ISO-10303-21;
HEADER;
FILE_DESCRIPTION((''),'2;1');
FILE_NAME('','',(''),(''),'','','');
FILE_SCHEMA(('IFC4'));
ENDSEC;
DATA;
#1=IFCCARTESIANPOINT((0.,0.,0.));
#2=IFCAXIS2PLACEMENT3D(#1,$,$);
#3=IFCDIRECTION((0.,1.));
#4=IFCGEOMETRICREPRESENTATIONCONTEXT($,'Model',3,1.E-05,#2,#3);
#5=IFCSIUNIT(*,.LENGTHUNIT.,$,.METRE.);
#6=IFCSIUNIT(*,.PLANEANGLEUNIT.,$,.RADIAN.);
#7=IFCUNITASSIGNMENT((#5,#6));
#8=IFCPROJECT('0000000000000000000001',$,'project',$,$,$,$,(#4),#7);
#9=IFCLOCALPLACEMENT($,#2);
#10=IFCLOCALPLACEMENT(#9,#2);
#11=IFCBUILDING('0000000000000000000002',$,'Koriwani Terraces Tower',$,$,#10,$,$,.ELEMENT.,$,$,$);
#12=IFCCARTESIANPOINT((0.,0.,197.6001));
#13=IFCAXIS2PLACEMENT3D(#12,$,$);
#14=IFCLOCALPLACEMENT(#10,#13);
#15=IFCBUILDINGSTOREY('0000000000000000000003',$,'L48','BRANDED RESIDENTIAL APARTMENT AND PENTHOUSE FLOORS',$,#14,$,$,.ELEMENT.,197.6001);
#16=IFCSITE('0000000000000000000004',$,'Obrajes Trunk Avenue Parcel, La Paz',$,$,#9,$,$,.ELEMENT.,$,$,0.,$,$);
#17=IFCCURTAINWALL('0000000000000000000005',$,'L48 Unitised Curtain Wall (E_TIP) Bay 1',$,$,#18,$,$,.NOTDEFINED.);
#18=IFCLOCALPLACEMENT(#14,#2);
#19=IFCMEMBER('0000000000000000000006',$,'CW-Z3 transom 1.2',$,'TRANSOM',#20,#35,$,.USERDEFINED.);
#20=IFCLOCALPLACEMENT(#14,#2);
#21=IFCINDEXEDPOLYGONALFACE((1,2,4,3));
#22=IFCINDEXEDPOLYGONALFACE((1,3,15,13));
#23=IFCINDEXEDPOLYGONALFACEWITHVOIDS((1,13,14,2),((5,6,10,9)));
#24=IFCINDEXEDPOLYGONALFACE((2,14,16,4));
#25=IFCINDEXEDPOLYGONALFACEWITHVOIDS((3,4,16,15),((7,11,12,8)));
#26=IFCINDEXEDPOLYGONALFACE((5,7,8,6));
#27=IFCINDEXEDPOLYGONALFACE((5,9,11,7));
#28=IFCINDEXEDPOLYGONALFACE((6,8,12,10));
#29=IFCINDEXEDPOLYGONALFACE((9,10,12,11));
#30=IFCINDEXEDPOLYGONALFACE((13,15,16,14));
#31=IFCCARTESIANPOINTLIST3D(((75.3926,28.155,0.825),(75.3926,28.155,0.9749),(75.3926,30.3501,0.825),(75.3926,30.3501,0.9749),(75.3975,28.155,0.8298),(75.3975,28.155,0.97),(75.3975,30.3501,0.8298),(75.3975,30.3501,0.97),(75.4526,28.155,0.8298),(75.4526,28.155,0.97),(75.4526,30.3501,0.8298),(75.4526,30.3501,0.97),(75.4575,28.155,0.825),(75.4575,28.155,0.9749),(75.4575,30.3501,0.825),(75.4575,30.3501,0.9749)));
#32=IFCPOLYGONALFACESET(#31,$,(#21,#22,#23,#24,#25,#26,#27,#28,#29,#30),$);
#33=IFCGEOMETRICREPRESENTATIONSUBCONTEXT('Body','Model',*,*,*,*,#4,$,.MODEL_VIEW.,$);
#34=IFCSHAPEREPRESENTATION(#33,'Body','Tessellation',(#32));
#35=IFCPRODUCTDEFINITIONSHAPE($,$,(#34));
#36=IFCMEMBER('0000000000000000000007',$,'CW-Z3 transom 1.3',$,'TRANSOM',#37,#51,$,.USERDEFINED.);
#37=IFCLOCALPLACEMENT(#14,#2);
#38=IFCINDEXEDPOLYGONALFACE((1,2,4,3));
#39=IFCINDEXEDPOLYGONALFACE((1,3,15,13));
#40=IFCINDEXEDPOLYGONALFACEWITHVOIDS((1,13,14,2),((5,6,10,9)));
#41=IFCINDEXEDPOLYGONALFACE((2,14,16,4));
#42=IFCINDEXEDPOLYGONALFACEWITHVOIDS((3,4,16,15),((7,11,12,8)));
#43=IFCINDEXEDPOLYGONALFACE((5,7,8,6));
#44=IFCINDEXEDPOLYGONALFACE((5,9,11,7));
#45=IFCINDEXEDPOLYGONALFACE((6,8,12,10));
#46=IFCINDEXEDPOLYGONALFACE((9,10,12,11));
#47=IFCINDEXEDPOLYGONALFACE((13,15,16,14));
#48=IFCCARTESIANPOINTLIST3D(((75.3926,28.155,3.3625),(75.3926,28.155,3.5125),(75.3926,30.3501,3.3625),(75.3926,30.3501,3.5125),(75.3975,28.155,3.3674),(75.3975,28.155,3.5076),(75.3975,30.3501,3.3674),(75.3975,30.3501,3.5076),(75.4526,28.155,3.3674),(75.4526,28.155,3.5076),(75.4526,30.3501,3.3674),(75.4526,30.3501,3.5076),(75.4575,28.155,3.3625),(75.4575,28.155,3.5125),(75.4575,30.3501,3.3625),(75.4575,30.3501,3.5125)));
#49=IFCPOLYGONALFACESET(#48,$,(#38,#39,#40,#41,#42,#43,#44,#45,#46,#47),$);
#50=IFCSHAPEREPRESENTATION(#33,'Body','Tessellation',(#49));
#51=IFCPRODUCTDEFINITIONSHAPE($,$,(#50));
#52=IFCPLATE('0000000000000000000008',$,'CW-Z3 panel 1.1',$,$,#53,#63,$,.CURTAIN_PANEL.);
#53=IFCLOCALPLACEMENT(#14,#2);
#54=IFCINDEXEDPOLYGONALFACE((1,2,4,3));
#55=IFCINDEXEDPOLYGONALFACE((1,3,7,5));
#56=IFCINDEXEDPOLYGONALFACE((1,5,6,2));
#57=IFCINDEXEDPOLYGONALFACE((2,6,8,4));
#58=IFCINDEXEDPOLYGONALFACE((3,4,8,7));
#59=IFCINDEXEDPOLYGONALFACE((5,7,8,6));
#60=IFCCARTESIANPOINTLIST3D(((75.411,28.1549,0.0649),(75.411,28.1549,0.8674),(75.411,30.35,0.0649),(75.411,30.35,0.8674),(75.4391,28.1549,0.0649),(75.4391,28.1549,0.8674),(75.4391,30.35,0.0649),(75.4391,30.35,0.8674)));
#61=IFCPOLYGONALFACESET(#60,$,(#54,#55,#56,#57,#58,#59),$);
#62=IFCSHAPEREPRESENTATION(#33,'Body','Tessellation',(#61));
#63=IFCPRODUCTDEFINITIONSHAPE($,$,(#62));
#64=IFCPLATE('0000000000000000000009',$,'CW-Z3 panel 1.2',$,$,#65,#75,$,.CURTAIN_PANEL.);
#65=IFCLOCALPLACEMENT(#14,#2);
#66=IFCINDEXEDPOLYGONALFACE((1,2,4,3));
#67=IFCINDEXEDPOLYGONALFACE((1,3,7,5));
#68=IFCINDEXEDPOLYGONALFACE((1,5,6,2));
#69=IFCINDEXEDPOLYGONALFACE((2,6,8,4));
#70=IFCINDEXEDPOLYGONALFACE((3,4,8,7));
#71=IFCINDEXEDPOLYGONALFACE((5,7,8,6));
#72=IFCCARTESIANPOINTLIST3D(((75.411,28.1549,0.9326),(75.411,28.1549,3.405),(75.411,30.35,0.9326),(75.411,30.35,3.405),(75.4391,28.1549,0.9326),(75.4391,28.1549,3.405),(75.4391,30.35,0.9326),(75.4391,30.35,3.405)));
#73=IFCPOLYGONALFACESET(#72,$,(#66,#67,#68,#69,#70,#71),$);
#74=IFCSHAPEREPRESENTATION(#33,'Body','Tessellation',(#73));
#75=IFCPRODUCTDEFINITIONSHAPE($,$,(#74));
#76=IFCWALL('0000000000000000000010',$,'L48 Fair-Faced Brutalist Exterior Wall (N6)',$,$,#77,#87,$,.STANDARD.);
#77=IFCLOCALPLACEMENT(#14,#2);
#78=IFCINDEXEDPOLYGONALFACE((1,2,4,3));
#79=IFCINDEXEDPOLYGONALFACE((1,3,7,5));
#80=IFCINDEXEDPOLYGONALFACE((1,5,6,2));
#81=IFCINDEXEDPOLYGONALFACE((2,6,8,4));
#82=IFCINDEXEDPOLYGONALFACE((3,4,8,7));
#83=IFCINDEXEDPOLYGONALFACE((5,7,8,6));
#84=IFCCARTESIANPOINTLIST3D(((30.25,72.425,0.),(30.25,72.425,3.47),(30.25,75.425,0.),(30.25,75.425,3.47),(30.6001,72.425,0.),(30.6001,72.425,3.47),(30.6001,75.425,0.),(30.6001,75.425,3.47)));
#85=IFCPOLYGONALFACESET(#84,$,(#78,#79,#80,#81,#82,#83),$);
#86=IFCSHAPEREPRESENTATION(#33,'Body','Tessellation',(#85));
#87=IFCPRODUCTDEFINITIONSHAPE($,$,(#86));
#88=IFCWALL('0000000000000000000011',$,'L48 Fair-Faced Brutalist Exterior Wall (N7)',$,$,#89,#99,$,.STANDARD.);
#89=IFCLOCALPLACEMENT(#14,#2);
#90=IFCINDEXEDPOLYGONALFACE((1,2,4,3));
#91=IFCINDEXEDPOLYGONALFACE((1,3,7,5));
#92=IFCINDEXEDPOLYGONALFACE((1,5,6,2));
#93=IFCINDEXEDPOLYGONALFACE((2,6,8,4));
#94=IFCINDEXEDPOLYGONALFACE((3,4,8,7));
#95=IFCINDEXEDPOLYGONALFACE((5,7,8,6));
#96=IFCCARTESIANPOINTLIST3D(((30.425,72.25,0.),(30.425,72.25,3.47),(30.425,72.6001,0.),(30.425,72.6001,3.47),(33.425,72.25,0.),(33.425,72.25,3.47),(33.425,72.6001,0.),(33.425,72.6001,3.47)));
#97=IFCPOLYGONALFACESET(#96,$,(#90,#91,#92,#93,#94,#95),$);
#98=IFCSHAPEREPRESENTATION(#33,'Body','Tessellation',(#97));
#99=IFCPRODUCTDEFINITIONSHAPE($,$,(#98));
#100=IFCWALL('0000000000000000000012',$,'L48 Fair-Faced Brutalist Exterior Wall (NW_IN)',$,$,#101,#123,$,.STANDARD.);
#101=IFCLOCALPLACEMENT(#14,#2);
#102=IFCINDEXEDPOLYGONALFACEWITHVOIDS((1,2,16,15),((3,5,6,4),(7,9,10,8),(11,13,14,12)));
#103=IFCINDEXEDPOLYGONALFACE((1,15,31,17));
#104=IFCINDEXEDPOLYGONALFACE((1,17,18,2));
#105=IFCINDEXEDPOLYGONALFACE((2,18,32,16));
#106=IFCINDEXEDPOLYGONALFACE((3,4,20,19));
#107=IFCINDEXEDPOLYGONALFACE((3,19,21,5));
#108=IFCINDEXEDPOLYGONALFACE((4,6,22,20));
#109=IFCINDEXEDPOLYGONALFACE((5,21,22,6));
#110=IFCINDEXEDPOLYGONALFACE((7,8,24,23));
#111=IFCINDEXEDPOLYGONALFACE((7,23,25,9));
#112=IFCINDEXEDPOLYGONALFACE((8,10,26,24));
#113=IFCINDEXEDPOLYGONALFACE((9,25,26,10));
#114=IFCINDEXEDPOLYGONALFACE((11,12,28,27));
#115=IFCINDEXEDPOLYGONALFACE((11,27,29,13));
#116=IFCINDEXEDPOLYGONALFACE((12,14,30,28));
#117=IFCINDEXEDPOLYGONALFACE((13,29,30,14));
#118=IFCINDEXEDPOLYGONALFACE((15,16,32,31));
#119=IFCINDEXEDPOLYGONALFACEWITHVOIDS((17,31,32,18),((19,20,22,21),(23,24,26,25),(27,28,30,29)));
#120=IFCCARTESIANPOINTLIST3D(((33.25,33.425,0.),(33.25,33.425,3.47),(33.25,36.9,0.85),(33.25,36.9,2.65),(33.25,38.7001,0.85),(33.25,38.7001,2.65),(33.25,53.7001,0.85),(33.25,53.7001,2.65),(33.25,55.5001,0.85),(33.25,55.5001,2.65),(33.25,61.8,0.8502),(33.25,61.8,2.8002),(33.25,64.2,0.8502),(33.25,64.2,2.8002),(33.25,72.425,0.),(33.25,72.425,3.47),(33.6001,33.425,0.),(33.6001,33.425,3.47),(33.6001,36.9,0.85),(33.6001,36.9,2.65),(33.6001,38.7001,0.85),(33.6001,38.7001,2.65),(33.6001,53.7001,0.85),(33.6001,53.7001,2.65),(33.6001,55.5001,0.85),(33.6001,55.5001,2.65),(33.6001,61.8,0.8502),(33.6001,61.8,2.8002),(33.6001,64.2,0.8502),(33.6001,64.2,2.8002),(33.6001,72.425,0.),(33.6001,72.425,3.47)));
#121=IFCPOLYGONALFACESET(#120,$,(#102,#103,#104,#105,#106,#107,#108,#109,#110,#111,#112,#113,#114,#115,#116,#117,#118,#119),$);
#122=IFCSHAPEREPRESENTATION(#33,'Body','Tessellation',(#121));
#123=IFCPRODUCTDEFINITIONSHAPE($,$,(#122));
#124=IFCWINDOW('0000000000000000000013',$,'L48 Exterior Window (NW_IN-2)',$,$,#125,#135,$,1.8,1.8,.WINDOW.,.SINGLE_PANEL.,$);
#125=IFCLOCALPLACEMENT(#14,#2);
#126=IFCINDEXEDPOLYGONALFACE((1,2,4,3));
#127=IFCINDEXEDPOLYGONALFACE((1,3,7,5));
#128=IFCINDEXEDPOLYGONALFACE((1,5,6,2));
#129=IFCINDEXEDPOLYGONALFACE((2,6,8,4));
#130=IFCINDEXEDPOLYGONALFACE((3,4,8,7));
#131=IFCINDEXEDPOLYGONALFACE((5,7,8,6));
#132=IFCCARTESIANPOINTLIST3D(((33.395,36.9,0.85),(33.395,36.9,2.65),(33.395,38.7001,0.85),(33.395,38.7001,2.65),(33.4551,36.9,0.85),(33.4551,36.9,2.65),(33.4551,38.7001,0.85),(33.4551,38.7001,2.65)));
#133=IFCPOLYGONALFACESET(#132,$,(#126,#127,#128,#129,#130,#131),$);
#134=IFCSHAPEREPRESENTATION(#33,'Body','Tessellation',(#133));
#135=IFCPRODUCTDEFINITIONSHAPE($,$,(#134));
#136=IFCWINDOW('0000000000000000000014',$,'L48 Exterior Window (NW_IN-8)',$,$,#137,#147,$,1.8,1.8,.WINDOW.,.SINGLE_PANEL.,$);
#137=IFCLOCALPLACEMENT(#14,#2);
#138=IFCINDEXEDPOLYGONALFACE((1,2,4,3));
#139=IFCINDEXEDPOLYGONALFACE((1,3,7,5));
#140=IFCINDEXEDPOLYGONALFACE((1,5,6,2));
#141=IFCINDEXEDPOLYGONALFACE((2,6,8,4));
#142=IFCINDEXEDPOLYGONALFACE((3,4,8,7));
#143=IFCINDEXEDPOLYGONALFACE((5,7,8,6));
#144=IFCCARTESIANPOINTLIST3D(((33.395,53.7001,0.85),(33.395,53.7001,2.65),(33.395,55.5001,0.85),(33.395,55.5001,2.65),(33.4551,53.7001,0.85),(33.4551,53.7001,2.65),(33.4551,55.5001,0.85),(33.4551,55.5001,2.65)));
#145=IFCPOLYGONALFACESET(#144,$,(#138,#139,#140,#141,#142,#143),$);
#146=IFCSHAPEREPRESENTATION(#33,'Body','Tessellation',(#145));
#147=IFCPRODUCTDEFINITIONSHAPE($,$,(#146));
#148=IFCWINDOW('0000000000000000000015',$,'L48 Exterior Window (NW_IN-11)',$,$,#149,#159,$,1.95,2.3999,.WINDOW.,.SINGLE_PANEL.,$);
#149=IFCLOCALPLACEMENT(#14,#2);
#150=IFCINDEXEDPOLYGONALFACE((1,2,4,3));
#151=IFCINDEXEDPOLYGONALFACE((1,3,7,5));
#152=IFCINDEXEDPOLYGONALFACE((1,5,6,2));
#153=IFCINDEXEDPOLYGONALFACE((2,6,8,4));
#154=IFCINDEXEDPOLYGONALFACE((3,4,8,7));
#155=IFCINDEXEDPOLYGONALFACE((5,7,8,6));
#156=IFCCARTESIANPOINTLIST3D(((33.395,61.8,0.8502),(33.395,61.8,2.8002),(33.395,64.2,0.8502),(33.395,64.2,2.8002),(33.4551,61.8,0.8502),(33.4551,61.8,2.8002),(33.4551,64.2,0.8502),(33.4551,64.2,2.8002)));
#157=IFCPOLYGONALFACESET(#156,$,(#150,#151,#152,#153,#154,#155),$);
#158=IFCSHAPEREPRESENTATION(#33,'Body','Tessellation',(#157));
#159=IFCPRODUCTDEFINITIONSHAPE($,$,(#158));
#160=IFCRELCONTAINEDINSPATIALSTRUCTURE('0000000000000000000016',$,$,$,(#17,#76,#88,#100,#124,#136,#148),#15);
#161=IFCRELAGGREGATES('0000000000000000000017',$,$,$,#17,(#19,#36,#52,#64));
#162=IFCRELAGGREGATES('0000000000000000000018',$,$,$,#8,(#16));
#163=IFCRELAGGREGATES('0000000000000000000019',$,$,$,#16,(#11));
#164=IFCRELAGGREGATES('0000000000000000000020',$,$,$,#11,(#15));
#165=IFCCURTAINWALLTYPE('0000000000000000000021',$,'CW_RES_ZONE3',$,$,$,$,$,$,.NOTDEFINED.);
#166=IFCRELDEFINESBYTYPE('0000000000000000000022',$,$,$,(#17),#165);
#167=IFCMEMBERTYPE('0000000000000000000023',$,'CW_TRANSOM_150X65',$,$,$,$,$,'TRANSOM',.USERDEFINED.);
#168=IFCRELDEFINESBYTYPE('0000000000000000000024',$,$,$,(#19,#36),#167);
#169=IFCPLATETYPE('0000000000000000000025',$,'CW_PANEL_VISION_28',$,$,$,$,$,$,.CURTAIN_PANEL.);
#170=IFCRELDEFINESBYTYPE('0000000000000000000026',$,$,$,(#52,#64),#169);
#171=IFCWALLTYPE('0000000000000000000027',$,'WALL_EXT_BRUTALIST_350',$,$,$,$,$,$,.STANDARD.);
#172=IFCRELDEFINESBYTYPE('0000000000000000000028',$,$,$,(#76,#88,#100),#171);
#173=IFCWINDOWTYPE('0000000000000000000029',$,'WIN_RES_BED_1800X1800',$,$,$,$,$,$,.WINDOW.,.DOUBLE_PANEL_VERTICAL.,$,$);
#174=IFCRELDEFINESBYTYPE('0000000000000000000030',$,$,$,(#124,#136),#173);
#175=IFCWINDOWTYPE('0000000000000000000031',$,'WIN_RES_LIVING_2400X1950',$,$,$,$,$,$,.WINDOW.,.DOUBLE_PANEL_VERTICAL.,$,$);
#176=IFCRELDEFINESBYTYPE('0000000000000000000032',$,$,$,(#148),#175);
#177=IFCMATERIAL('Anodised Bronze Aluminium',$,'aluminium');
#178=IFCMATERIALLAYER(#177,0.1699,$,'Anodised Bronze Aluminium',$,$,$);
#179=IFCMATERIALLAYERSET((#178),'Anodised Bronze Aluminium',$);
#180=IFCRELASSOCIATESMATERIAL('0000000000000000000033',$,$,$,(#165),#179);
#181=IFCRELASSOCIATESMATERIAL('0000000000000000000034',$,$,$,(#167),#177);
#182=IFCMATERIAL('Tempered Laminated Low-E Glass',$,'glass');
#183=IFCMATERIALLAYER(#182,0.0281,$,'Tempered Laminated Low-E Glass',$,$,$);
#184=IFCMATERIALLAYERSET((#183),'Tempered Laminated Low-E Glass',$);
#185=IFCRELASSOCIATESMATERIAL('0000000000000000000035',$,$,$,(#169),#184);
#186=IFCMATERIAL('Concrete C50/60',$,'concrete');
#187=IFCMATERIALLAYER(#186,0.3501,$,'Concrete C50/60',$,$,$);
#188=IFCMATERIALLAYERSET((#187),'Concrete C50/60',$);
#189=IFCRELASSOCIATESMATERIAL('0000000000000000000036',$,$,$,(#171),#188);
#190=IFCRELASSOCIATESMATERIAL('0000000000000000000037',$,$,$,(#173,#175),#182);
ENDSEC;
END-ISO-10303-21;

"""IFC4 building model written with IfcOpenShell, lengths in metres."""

from ifc_helpers import new_model, si_unit, direction, frame, frame_2d, origin, origin_2d, place, context, subcontext, project, spatial, rectangle, hollow_rectangle, extrude, material, layer, layer_set, material_profile, profile_set, type_object, element, fill, aggregate, save


model = new_model("IFC4")

# Units and contexts
model_context = context("Model", 3, precision=1e-05, world=origin(), true_north=direction((0.0, 1.0)))
body_context = subcontext(model_context, "Body", "Model", "MODEL_VIEW")
ifc_project = project(units=[si_unit("LENGTHUNIT", "METRE"), si_unit("PLANEANGLEUNIT", "RADIAN")], contexts=[model_context])

# Site, building, storey
site_placement = place(None, origin())
site = spatial("IfcSite", under=ifc_project, at=site_placement, Name="Obrajes Trunk Avenue Parcel, La Paz", CompositionType="ELEMENT", RefElevation=0.0)
building_placement = place(site_placement, origin())
building = spatial("IfcBuilding", under=site, at=building_placement, Name="Koriwani Terraces Tower", CompositionType="ELEMENT")
storey_placement = place(building_placement, frame((0.0, 0.0, 197.6001)))
storey = spatial("IfcBuildingStorey", under=building, at=storey_placement, Name="L48", Description="BRANDED RESIDENTIAL APARTMENT AND PENTHOUSE FLOORS", CompositionType="ELEMENT", Elevation=197.6001)

# Shared definitions
ifc_material_1 = material(Name="Concrete C50/60", Category="concrete")

# Curtain wall, members, plates
ifc_material_2 = material(Name="Anodised Bronze Aluminium", Category="aluminium")
ifc_layer_1 = layer(ifc_material_2, 0.1699, Name="Anodised Bronze Aluminium")
ifc_layer_set_1 = layer_set([ifc_layer_1], Name="Anodised Bronze Aluminium")
curtain_wall_type = type_object("IfcCurtainWallType", Name="CW_RES_ZONE3", PredefinedType="NOTDEFINED", material=ifc_layer_set_1)
curtain_wall_placement = place(storey_placement, origin())
curtain_wall = element("IfcCurtainWall", 1, at=curtain_wall_placement, inside=storey, type_object=curtain_wall_type, Name="L48 Unitised Curtain Wall (E_TIP) Bay 1", PredefinedType="NOTDEFINED")
ifc_material_profile_1 = material_profile(ifc_material_2, hollow_rectangle(XDim=0.0649, YDim=0.1499, WallThickness=0.0049, at=origin_2d()), Name="Anodised Bronze Aluminium", Category="LoadBearing")
ifc_profile_set_1 = profile_set([ifc_material_profile_1], Name="Anodised Bronze Aluminium")
member_type_1 = type_object("IfcMemberType", Name="CW_TRANSOM_150X65", ElementType="TRANSOM", PredefinedType="USERDEFINED", material=ifc_profile_set_1)
member_1_placement = place(storey_placement, frame((75.425, 30.3501, 0.8999), z_axis=(0.0, -1.0, 0.0), x_axis=(1.0, 0.0, 0.0)))
member_1 = element("IfcMember", 2, at=member_1_placement, type_object=member_type_1, Name="CW-Z3 transom 1.2", ObjectType="TRANSOM", PredefinedType="USERDEFINED", context=body_context, shape_type="SweptSolid", body=[
    extrude(hollow_rectangle(XDim=0.0649, YDim=0.1499, WallThickness=0.0049, at=origin_2d()), origin(), (0.0, 0.0, 1.0), 2.1951),
])
member_2_placement = place(storey_placement, frame((75.425, 30.3501, 3.4375), z_axis=(0.0, -1.0, 0.0), x_axis=(1.0, 0.0, 0.0)))
member_2 = element("IfcMember", 3, at=member_2_placement, type_object=member_type_1, Name="CW-Z3 transom 1.3", ObjectType="TRANSOM", PredefinedType="USERDEFINED", context=body_context, shape_type="SweptSolid", body=[
    extrude(hollow_rectangle(XDim=0.0649, YDim=0.1499, WallThickness=0.0049, at=origin_2d()), origin(), (0.0, 0.0, 1.0), 2.1951),
])
ifc_material_3 = material(Name="Tempered Laminated Low-E Glass", Category="glass")
ifc_layer_2 = layer(ifc_material_3, 0.0281, Name="Tempered Laminated Low-E Glass")
ifc_layer_set_2 = layer_set([ifc_layer_2], Name="Tempered Laminated Low-E Glass")
plate_type = type_object("IfcPlateType", Name="CW_PANEL_VISION_28", PredefinedType="CURTAIN_PANEL", material=ifc_layer_set_2)
plate_1_placement = place(storey_placement, frame((75.425, 29.2524, 0.0649), z_axis=(0.0, 0.0, 1.0), x_axis=(0.0, -1.0, 0.0)))
plate_1 = element("IfcPlate", 4, at=plate_1_placement, type_object=plate_type, Name="CW-Z3 panel 1.1", PredefinedType="CURTAIN_PANEL", context=body_context, shape_type="SweptSolid", body=[
    extrude(rectangle(XDim=2.1951, YDim=0.0281, at=origin_2d()), origin(), (0.0, 0.0, 1.0), 0.8025),
])
plate_2_placement = place(storey_placement, frame((75.425, 29.2524, 0.9326), z_axis=(0.0, 0.0, 1.0), x_axis=(0.0, -1.0, 0.0)))
plate_2 = element("IfcPlate", 5, at=plate_2_placement, type_object=plate_type, Name="CW-Z3 panel 1.2", PredefinedType="CURTAIN_PANEL", context=body_context, shape_type="SweptSolid", body=[
    extrude(rectangle(XDim=2.1951, YDim=0.0281, at=origin_2d()), origin(), (0.0, 0.0, 1.0), 2.4724),
])
aggregate(curtain_wall, [member_1, member_2, plate_1, plate_2])

# Walls
ifc_layer_3 = layer(ifc_material_1, 0.3501, Name="Concrete C50/60")
ifc_layer_set_3 = layer_set([ifc_layer_3], Name="Concrete C50/60")
wall_type = type_object("IfcWallType", Name="WALL_EXT_BRUTALIST_350", PredefinedType="STANDARD", material=ifc_layer_set_3)
for number, where, z_axis, x_axis, name in (
    (6, (30.425, 75.425, 0.0), (0.0, 0.0, 1.0), (0.0, -1.0, 0.0), "L48 Fair-Faced Brutalist Exterior Wall (N6)"),
    (7, (30.425, 72.425, 0.0), (0.0, 0.0, 1.0), (1.0, 0.0, 0.0), "L48 Fair-Faced Brutalist Exterior Wall (N7)"),
):
    element("IfcWall", number, at=place(storey_placement, frame(where, z_axis=z_axis, x_axis=x_axis)), inside=storey, type_object=wall_type, Name=name, PredefinedType="STANDARD", context=body_context, shape_type="SweptSolid", body=[
        extrude(rectangle(XDim=3.0, YDim=0.3501, at=frame_2d((1.5, 0.0))), origin(), (0.0, 0.0, 1.0), 3.47),
    ])

# Wall, openings, windows
wall_1_placement = place(storey_placement, frame((33.425, 72.425, 0.0), z_axis=(0.0, 0.0, 1.0), x_axis=(0.0, -1.0, 0.0)))
wall_1 = element("IfcWall", 8, at=wall_1_placement, inside=storey, type_object=wall_type, Name="L48 Fair-Faced Brutalist Exterior Wall (NW_IN)", PredefinedType="STANDARD", context=body_context, shape_type="SweptSolid", body=[
    extrude(rectangle(XDim=39.0, YDim=0.3501, at=frame_2d((19.5, 0.0))), origin(), (0.0, 0.0, 1.0), 3.47),
])
opening_1_placement = place(wall_1_placement, frame((33.7251, 0.0, 0.8501)))
opening_1 = element("IfcOpeningElement", 9, at=opening_1_placement, cuts=wall_1, PredefinedType="OPENING", context=body_context, shape_type="SweptSolid", body=[
    extrude(rectangle(XDim=1.8, YDim=1.8, at=frame_2d((0.8999, 0.8999))), frame((0.0, 0.1851, 0.0), z_axis=(0.0, -1.0, 0.0), x_axis=(1.0, 0.0, 0.0)), (0.0, 0.0, 1.0), 0.3701),
])
opening_2_placement = place(wall_1_placement, frame((16.925, 0.0, 0.8501)))
opening_2 = element("IfcOpeningElement", 10, at=opening_2_placement, cuts=wall_1, PredefinedType="OPENING", context=body_context, shape_type="SweptSolid", body=[
    extrude(rectangle(XDim=1.8, YDim=1.8, at=frame_2d((0.8999, 0.8999))), frame((0.0, 0.1851, 0.0), z_axis=(0.0, -1.0, 0.0), x_axis=(1.0, 0.0, 0.0)), (0.0, 0.0, 1.0), 0.3701),
])
opening_3_placement = place(wall_1_placement, frame((8.2251, 0.0, 0.8501)))
opening_3 = element("IfcOpeningElement", 11, at=opening_3_placement, cuts=wall_1, PredefinedType="OPENING", context=body_context, shape_type="SweptSolid", body=[
    extrude(rectangle(XDim=2.3999, YDim=1.95, at=frame_2d((1.2, 0.9751))), frame((0.0, 0.1851, 0.0), z_axis=(0.0, -1.0, 0.0), x_axis=(1.0, 0.0, 0.0)), (0.0, 0.0, 1.0), 0.3701),
])
window_type_1 = type_object("IfcWindowType", Name="WIN_RES_BED_1800X1800", PartitioningType="DOUBLE_PANEL_VERTICAL", PredefinedType="WINDOW", material=ifc_material_3)
window_1_placement = place(opening_1_placement, origin())
window_1 = element("IfcWindow", 12, at=window_1_placement, inside=storey, type_object=window_type_1, Name="L48 Exterior Window (NW_IN-2)", OverallHeight=1.8, OverallWidth=1.8, PartitioningType="SINGLE_PANEL", PredefinedType="WINDOW", context=body_context, shape_type="SweptSolid", body=[
    extrude(rectangle(XDim=1.8, YDim=1.8, at=frame_2d((0.8999, 0.8999))), frame((0.0, 0.03, 0.0), z_axis=(0.0, -1.0, 0.0), x_axis=(1.0, 0.0, 0.0)), (0.0, 0.0, 1.0), 0.0601),
])
fill(opening_1, window_1)
window_2_placement = place(opening_2_placement, origin())
window_2 = element("IfcWindow", 13, at=window_2_placement, inside=storey, type_object=window_type_1, Name="L48 Exterior Window (NW_IN-8)", OverallHeight=1.8, OverallWidth=1.8, PartitioningType="SINGLE_PANEL", PredefinedType="WINDOW", context=body_context, shape_type="SweptSolid", body=[
    extrude(rectangle(XDim=1.8, YDim=1.8, at=frame_2d((0.8999, 0.8999))), frame((0.0, 0.03, 0.0), z_axis=(0.0, -1.0, 0.0), x_axis=(1.0, 0.0, 0.0)), (0.0, 0.0, 1.0), 0.0601),
])
fill(opening_2, window_2)
window_type_2 = type_object("IfcWindowType", Name="WIN_RES_LIVING_2400X1950", PartitioningType="DOUBLE_PANEL_VERTICAL", PredefinedType="WINDOW", material=ifc_material_3)
window_3_placement = place(opening_3_placement, origin())
window_3 = element("IfcWindow", 14, at=window_3_placement, inside=storey, type_object=window_type_2, Name="L48 Exterior Window (NW_IN-11)", OverallHeight=1.95, OverallWidth=2.3999, PartitioningType="SINGLE_PANEL", PredefinedType="WINDOW", context=body_context, shape_type="SweptSolid", body=[
    extrude(rectangle(XDim=2.3999, YDim=1.95, at=frame_2d((1.2, 0.9751))), frame((0.0, 0.03, 0.0), z_axis=(0.0, -1.0, 0.0), x_axis=(1.0, 0.0, 0.0)), (0.0, 0.0, 1.0), 0.0601),
])
fill(opening_3, window_3)

save(model, "model.ifc")
